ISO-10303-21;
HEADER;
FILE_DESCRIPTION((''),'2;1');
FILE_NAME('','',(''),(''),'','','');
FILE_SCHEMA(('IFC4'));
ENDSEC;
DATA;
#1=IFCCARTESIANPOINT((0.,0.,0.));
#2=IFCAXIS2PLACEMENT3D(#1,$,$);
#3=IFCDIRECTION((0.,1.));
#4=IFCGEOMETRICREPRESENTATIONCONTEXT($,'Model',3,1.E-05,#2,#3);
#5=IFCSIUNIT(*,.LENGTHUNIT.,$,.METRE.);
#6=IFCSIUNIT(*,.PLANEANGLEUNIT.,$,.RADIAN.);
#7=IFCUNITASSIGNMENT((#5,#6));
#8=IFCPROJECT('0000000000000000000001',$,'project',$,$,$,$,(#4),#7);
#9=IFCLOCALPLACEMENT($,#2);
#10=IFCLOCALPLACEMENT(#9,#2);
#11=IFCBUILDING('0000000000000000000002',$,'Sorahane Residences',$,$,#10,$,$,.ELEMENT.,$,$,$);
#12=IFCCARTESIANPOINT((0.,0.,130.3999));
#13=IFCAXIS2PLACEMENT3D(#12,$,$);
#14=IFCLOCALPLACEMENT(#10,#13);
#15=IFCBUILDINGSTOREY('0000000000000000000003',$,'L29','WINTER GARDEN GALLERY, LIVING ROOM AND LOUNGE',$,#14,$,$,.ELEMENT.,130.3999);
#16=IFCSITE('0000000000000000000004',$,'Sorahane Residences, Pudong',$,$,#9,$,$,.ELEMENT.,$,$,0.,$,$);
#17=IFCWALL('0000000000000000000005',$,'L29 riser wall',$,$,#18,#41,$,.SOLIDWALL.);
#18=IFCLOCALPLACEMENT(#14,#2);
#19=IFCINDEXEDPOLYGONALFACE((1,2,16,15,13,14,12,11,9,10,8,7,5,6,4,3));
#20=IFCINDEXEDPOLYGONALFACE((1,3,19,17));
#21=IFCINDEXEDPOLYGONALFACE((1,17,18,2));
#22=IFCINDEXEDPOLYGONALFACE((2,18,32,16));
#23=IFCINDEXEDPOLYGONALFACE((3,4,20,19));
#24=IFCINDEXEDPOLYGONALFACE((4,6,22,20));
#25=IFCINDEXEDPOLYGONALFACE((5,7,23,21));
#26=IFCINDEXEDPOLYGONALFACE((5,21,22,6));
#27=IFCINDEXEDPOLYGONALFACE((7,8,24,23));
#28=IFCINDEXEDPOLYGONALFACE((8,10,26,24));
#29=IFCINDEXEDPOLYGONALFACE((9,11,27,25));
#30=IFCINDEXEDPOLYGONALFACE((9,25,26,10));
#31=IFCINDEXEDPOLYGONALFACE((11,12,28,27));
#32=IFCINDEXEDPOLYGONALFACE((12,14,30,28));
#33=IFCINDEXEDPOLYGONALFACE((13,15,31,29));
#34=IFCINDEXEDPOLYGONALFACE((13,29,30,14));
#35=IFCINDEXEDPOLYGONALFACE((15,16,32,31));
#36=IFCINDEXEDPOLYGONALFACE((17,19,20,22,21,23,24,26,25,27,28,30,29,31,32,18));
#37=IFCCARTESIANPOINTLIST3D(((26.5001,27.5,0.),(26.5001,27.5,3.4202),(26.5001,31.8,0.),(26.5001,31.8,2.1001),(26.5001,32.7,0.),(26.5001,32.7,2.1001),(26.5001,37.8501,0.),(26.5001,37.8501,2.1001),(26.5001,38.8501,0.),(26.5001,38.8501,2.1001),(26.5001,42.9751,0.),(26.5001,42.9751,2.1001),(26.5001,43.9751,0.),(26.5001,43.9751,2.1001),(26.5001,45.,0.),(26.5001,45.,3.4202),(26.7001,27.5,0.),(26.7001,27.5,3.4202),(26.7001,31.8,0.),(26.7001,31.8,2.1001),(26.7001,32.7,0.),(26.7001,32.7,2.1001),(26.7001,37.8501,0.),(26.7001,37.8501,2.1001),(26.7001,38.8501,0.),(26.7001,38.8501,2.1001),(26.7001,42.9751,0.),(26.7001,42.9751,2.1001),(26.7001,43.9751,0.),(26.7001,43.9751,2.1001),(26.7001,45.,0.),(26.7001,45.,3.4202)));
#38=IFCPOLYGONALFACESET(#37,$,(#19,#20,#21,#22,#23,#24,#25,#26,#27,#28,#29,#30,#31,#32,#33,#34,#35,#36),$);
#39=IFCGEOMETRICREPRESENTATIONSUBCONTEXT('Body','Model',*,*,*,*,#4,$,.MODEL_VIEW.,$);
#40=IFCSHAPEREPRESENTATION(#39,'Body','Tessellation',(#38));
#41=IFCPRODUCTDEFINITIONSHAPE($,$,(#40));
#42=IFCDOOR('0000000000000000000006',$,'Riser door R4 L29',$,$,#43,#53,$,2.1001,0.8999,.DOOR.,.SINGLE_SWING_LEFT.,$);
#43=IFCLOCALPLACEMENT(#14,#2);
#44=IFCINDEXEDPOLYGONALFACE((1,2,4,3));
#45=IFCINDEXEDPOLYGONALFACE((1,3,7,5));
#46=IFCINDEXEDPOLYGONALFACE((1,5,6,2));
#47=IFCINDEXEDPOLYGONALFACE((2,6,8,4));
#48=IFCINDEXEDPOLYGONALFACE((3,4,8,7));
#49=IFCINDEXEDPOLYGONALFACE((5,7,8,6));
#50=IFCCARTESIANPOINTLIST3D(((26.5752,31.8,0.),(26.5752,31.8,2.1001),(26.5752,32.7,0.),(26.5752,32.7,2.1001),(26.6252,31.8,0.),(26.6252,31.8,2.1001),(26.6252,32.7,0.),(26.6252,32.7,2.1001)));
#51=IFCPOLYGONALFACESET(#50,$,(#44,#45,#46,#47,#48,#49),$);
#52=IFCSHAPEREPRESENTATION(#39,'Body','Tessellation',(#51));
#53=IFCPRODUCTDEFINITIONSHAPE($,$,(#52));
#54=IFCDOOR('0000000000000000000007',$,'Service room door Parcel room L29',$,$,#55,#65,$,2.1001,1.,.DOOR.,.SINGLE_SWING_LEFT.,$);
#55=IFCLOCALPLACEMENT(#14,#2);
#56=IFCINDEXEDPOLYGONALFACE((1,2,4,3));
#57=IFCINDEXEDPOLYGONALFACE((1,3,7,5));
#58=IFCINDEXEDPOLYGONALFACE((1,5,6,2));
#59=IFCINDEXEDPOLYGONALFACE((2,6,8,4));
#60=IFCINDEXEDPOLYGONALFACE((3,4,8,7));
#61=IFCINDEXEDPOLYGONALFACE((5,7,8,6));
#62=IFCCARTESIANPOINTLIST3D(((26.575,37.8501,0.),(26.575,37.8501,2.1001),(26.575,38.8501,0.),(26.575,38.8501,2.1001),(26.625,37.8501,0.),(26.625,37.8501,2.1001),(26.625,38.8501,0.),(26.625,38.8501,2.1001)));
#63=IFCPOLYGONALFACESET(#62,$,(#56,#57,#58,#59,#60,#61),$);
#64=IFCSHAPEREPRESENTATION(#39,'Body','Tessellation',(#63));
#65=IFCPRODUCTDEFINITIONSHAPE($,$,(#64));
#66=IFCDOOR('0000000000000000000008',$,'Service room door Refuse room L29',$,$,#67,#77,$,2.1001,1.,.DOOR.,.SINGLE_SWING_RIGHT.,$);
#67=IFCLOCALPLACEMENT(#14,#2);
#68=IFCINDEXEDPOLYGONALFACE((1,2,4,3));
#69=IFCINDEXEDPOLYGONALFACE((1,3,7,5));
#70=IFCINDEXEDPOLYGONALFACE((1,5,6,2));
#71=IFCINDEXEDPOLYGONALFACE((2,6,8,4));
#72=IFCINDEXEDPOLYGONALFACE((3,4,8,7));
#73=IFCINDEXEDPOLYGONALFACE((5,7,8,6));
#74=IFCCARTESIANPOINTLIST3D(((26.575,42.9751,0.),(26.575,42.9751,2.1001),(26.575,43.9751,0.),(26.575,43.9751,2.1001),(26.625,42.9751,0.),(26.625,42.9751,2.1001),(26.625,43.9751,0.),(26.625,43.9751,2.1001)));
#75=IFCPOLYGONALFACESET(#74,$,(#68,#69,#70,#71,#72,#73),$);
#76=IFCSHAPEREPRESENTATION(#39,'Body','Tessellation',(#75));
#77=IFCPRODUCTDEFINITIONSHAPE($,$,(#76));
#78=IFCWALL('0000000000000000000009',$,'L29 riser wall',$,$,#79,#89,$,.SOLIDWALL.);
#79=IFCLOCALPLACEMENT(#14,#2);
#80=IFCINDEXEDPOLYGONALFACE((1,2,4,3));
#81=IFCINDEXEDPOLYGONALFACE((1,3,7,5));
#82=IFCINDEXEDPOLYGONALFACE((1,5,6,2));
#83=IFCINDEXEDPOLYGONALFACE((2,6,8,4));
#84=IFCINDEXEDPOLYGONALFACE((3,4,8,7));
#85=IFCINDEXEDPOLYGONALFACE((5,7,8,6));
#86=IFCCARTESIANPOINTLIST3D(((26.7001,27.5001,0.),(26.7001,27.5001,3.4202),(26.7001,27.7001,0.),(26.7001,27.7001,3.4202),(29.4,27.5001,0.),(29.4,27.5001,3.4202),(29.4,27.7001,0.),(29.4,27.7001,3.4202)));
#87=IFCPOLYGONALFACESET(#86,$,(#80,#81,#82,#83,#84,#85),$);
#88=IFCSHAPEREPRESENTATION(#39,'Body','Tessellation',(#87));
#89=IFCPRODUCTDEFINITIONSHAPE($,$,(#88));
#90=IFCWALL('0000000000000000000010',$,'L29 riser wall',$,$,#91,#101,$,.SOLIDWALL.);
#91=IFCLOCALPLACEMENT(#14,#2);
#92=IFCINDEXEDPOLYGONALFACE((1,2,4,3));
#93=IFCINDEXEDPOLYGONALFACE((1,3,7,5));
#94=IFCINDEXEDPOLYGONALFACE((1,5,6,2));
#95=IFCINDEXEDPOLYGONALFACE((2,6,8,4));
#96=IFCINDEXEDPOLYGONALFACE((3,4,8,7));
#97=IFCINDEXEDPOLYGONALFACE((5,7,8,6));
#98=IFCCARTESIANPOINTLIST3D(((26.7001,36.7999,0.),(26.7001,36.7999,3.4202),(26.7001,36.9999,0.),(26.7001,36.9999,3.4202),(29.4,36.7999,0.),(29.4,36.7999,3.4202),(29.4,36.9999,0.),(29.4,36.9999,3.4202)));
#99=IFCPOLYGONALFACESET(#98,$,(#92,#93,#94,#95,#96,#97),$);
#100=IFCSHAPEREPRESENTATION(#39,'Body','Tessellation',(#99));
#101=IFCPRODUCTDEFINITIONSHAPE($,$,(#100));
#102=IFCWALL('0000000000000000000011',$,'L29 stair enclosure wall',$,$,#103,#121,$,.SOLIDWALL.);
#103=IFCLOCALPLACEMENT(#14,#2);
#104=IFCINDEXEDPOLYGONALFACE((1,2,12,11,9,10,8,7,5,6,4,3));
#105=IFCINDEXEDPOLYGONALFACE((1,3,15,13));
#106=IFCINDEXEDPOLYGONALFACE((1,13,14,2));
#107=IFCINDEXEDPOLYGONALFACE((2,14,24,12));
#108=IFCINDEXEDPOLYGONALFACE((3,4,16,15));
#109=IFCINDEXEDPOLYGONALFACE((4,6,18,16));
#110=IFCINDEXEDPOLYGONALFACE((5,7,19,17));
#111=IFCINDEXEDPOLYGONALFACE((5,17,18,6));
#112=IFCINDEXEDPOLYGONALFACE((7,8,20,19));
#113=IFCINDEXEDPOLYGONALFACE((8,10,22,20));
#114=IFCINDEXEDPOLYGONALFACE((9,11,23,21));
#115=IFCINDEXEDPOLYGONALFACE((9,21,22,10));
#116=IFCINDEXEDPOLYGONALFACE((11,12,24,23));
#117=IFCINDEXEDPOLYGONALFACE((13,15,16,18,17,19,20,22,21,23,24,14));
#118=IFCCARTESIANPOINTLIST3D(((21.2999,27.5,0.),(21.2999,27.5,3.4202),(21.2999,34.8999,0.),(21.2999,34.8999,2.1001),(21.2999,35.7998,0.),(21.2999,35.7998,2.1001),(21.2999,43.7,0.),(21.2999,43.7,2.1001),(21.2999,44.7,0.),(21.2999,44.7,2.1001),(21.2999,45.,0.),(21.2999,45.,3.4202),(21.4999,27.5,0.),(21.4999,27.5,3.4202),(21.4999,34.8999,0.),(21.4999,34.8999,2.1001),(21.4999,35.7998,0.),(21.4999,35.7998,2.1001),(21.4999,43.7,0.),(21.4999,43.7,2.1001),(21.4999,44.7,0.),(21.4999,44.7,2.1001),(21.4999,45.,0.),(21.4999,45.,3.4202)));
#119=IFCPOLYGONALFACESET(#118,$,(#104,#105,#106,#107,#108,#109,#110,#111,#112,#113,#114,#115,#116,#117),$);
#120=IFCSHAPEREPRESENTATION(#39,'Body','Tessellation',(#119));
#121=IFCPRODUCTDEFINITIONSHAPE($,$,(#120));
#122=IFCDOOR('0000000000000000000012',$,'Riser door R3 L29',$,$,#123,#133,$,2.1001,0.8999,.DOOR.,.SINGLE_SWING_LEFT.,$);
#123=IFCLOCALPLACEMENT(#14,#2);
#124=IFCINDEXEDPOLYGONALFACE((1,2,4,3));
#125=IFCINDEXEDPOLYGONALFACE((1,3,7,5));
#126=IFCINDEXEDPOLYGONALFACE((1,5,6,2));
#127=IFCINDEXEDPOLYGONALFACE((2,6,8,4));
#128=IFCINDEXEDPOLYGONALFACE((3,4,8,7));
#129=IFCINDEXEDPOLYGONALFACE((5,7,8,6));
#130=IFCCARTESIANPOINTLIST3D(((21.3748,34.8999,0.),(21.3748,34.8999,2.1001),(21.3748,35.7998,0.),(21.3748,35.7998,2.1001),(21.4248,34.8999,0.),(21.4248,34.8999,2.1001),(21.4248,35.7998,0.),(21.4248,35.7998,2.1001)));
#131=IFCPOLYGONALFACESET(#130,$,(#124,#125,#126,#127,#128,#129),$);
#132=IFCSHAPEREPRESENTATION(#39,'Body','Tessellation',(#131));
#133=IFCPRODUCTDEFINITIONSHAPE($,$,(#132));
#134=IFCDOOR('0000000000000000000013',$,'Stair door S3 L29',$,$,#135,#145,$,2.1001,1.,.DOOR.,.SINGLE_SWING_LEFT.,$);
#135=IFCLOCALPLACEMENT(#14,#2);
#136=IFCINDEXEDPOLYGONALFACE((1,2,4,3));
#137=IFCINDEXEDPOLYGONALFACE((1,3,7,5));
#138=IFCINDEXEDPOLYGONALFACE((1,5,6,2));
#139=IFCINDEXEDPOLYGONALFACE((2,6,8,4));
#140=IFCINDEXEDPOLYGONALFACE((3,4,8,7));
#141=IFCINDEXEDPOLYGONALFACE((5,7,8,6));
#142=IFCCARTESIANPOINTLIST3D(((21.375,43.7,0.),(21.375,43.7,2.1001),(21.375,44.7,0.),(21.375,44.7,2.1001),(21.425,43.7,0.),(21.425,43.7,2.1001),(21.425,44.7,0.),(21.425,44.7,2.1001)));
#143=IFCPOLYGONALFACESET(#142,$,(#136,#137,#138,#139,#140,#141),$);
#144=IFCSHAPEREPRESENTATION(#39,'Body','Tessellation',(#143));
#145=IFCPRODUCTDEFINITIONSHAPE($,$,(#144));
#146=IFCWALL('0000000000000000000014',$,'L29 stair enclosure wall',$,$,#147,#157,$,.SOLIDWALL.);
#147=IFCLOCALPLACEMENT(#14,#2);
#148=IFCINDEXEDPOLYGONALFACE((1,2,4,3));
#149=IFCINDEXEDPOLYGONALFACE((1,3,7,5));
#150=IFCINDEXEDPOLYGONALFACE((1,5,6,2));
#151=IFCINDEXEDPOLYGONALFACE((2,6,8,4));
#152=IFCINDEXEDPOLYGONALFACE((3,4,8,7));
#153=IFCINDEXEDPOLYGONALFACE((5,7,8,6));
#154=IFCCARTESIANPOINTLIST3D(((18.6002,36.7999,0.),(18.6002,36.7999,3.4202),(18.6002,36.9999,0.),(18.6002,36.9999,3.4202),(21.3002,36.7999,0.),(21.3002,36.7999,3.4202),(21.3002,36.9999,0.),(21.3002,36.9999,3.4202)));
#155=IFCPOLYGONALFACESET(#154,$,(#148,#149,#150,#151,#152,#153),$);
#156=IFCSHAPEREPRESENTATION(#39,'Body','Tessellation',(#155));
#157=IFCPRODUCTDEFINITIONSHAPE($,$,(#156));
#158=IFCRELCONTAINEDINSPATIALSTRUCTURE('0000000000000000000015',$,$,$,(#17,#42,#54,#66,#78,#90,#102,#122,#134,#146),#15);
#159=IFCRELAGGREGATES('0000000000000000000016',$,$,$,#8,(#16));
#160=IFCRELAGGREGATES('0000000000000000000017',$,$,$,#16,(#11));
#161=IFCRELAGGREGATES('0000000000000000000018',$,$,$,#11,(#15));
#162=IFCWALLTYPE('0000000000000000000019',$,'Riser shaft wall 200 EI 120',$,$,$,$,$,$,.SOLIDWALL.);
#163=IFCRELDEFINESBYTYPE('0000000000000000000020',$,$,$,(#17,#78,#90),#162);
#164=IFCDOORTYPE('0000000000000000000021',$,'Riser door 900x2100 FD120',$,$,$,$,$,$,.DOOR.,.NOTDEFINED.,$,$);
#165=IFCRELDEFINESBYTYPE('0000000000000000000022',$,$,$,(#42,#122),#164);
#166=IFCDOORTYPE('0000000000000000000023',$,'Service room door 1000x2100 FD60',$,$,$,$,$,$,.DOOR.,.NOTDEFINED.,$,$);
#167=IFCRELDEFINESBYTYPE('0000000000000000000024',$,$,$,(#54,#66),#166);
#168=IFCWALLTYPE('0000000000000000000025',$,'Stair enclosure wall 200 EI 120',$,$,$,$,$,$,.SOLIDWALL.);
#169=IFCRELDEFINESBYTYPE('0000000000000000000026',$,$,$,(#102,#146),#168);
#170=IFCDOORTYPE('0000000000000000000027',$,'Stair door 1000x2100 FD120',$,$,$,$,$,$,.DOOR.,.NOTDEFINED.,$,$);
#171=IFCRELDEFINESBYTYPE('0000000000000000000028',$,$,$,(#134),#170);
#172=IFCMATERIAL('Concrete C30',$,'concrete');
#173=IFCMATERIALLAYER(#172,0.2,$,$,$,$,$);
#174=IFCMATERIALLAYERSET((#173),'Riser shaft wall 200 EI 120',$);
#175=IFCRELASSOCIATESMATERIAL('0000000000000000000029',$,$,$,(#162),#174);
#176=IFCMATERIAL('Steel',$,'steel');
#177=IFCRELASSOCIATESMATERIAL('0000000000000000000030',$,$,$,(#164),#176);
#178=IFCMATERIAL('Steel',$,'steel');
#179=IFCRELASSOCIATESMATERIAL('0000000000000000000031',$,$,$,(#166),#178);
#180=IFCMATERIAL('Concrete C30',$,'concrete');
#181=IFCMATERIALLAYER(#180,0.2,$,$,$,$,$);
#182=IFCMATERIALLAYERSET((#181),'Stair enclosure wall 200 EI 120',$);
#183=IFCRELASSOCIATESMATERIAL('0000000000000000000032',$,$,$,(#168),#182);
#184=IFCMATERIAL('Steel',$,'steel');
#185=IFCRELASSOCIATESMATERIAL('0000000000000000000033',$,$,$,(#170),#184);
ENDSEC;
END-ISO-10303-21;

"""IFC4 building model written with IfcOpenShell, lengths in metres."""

from ifc_helpers import new_model, si_unit, direction, frame, frame_2d, origin, place, context, subcontext, project, spatial, rectangle, extrude, material, layer, layer_set, type_object, element, fill, save


model = new_model("IFC4")

# Units and contexts
model_context = context("Model", 3, precision=1e-05, world=origin(), true_north=direction((0.0, 1.0)))
body_context = subcontext(model_context, "Body", "Model", "MODEL_VIEW")
ifc_project = project(units=[si_unit("LENGTHUNIT", "METRE"), si_unit("PLANEANGLEUNIT", "RADIAN")], contexts=[model_context])

# Site, building, storey
site_placement = place(None, origin())
site = spatial("IfcSite", under=ifc_project, at=site_placement, Name="Sorahane Residences, Pudong", CompositionType="ELEMENT", RefElevation=0.0)
building_placement = place(site_placement, origin())
building = spatial("IfcBuilding", under=site, at=building_placement, Name="Sorahane Residences", CompositionType="ELEMENT")
storey_placement = place(building_placement, frame((0.0, 0.0, 130.3999)))
storey = spatial("IfcBuildingStorey", under=building, at=storey_placement, Name="L29", Description="WINTER GARDEN GALLERY, LIVING ROOM AND LOUNGE", CompositionType="ELEMENT", Elevation=130.3999)

# Wall, openings, doors
ifc_material_1 = material(Name="Concrete C30", Category="concrete")
ifc_layer_1 = layer(ifc_material_1, 0.2)
ifc_layer_set_1 = layer_set([ifc_layer_1], Name="Riser shaft wall 200 EI 120")
wall_type_1 = type_object("IfcWallType", Name="Riser shaft wall 200 EI 120", PredefinedType="SOLIDWALL", material=ifc_layer_set_1)
wall_1_placement = place(storey_placement, frame((26.6001, 27.5, 0.0), z_axis=(0.0, 0.0, 1.0), x_axis=(0.0, 1.0, 0.0)))
wall_1 = element("IfcWall", 1, at=wall_1_placement, inside=storey, type_object=wall_type_1, Name="L29 riser wall", PredefinedType="SOLIDWALL", context=body_context, shape_type="SweptSolid", body=[
    extrude(rectangle(XDim=17.5, YDim=0.2, at=frame_2d((8.75, 0.0))), origin(), (0.0, 0.0, 1.0), 3.4202),
])
opening_1_placement = place(wall_1_placement, frame((4.3, 0.0, 0.0)))
opening_1 = element("IfcOpeningElement", 2, at=opening_1_placement, cuts=wall_1, PredefinedType="OPENING", context=body_context, shape_type="SweptSolid", body=[
    extrude(rectangle(XDim=0.8999, YDim=2.1001, at=frame_2d((0.45, 1.05))), frame((0.0, 0.1099, 0.0), z_axis=(0.0, -1.0, 0.0), x_axis=(1.0, 0.0, 0.0)), (0.0, 0.0, 1.0), 0.22),
])
opening_2_placement = place(wall_1_placement, frame((10.3501, 0.0, 0.0)))
opening_2 = element("IfcOpeningElement", 3, at=opening_2_placement, cuts=wall_1, PredefinedType="OPENING", context=body_context, shape_type="SweptSolid", body=[
    extrude(rectangle(XDim=1.0, YDim=2.1001, at=frame_2d((0.5, 1.05))), frame((0.0, 0.1099, 0.0), z_axis=(0.0, -1.0, 0.0), x_axis=(1.0, 0.0, 0.0)), (0.0, 0.0, 1.0), 0.22),
])
opening_3_placement = place(wall_1_placement, frame((15.4751, 0.0, 0.0)))
opening_3 = element("IfcOpeningElement", 4, at=opening_3_placement, cuts=wall_1, PredefinedType="OPENING", context=body_context, shape_type="SweptSolid", body=[
    extrude(rectangle(XDim=1.0, YDim=2.1001, at=frame_2d((0.5, 1.05))), frame((0.0, 0.1099, 0.0), z_axis=(0.0, -1.0, 0.0), x_axis=(1.0, 0.0, 0.0)), (0.0, 0.0, 1.0), 0.22),
])
ifc_material_2 = material(Name="Steel", Category="steel")
door_type_1 = type_object("IfcDoorType", Name="Riser door 900x2100 FD120", OperationType="NOTDEFINED", PredefinedType="DOOR", material=ifc_material_2)
door_1_placement = place(opening_1_placement, origin())
door_1 = element("IfcDoor", 5, at=door_1_placement, inside=storey, type_object=door_type_1, Name="Riser door R4 L29", OperationType="SINGLE_SWING_LEFT", OverallHeight=2.1001, OverallWidth=0.8999, PredefinedType="DOOR", context=body_context, shape_type="SweptSolid", body=[
    extrude(rectangle(XDim=0.8999, YDim=2.1001, at=frame_2d((0.45, 1.05))), frame((0.0, 0.0249, 0.0), z_axis=(0.0, -1.0, 0.0), x_axis=(1.0, 0.0, 0.0)), (0.0, 0.0, 1.0), 0.05),
])
fill(opening_1, door_1)
ifc_material_3 = material(Name="Steel", Category="steel")
door_type_2 = type_object("IfcDoorType", Name="Service room door 1000x2100 FD60", OperationType="NOTDEFINED", PredefinedType="DOOR", material=ifc_material_3)
door_2_placement = place(opening_2_placement, frame((1.0, 0.0, 0.0), z_axis=(0.0, 0.0, 1.0), x_axis=(-1.0, 0.0, 0.0)))
door_2 = element("IfcDoor", 6, at=door_2_placement, inside=storey, type_object=door_type_2, Name="Service room door Parcel room L29", OperationType="SINGLE_SWING_LEFT", OverallHeight=2.1001, OverallWidth=1.0, PredefinedType="DOOR", context=body_context, shape_type="SweptSolid", body=[
    extrude(rectangle(XDim=1.0, YDim=2.1001, at=frame_2d((0.5, 1.05))), frame((0.0, 0.0249, 0.0), z_axis=(0.0, -1.0, 0.0), x_axis=(1.0, 0.0, 0.0)), (0.0, 0.0, 1.0), 0.05),
])
fill(opening_2, door_2)
door_3_placement = place(opening_3_placement, frame((1.0, 0.0, 0.0), z_axis=(0.0, 0.0, 1.0), x_axis=(-1.0, 0.0, 0.0)))
door_3 = element("IfcDoor", 7, at=door_3_placement, inside=storey, type_object=door_type_2, Name="Service room door Refuse room L29", OperationType="SINGLE_SWING_RIGHT", OverallHeight=2.1001, OverallWidth=1.0, PredefinedType="DOOR", context=body_context, shape_type="SweptSolid", body=[
    extrude(rectangle(XDim=1.0, YDim=2.1001, at=frame_2d((0.5, 1.05))), frame((0.0, 0.0249, 0.0), z_axis=(0.0, -1.0, 0.0), x_axis=(1.0, 0.0, 0.0)), (0.0, 0.0, 1.0), 0.05),
])
fill(opening_3, door_3)

# Walls
for number, where, z_axis, x_axis, name in (
    (8, (26.7, 27.6001, 0.0), (0.0, 0.0, 1.0), (1.0, 0.0, 0.0), "L29 riser wall"),
    (9, (26.7, 36.8999, 0.0), (0.0, 0.0, 1.0), (1.0, 0.0, 0.0), "L29 riser wall"),
):
    element("IfcWall", number, at=place(storey_placement, frame(where, z_axis=z_axis, x_axis=x_axis)), inside=storey, type_object=wall_type_1, Name=name, PredefinedType="SOLIDWALL", context=body_context, shape_type="SweptSolid", body=[
        extrude(rectangle(XDim=2.7, YDim=0.2, at=frame_2d((1.3501, 0.0))), origin(), (0.0, 0.0, 1.0), 3.4202),
    ])

# Wall, openings, doors
ifc_material_4 = material(Name="Concrete C30", Category="concrete")
ifc_layer_2 = layer(ifc_material_4, 0.2)
ifc_layer_set_2 = layer_set([ifc_layer_2], Name="Stair enclosure wall 200 EI 120")
wall_type_2 = type_object("IfcWallType", Name="Stair enclosure wall 200 EI 120", PredefinedType="SOLIDWALL", material=ifc_layer_set_2)
wall_2_placement = place(storey_placement, frame((21.3999, 27.5, 0.0), z_axis=(0.0, 0.0, 1.0), x_axis=(0.0, 1.0, 0.0)))
wall_2 = element("IfcWall", 10, at=wall_2_placement, inside=storey, type_object=wall_type_2, Name="L29 stair enclosure wall", PredefinedType="SOLIDWALL", context=body_context, shape_type="SweptSolid", body=[
    extrude(rectangle(XDim=17.5, YDim=0.2, at=frame_2d((8.75, 0.0))), origin(), (0.0, 0.0, 1.0), 3.4202),
])
opening_4_placement = place(wall_2_placement, frame((16.2, 0.0, 0.0)))
opening_4 = element("IfcOpeningElement", 11, at=opening_4_placement, cuts=wall_2, PredefinedType="OPENING", context=body_context, shape_type="SweptSolid", body=[
    extrude(rectangle(XDim=1.0, YDim=2.1001, at=frame_2d((0.5, 1.05))), frame((0.0, 0.1099, 0.0), z_axis=(0.0, -1.0, 0.0), x_axis=(1.0, 0.0, 0.0)), (0.0, 0.0, 1.0), 0.22),
])
opening_5_placement = place(wall_2_placement, frame((7.3999, 0.0, 0.0)))
opening_5 = element("IfcOpeningElement", 12, at=opening_5_placement, cuts=wall_2, PredefinedType="OPENING", context=body_context, shape_type="SweptSolid", body=[
    extrude(rectangle(XDim=0.8999, YDim=2.1001, at=frame_2d((0.45, 1.05))), frame((0.0, 0.1099, 0.0), z_axis=(0.0, -1.0, 0.0), x_axis=(1.0, 0.0, 0.0)), (0.0, 0.0, 1.0), 0.22),
])
door_4_placement = place(opening_5_placement, frame((0.8999, 0.0, 0.0), z_axis=(0.0, 0.0, 1.0), x_axis=(-1.0, 0.0, 0.0)))
door_4 = element("IfcDoor", 13, at=door_4_placement, inside=storey, type_object=door_type_1, Name="Riser door R3 L29", OperationType="SINGLE_SWING_LEFT", OverallHeight=2.1001, OverallWidth=0.8999, PredefinedType="DOOR", context=body_context, shape_type="SweptSolid", body=[
    extrude(rectangle(XDim=0.8999, YDim=2.1001, at=frame_2d((0.45, 1.05))), frame((0.0, 0.0249, 0.0), z_axis=(0.0, -1.0, 0.0), x_axis=(1.0, 0.0, 0.0)), (0.0, 0.0, 1.0), 0.05),
])
fill(opening_5, door_4)
ifc_material_5 = material(Name="Steel", Category="steel")
door_type_3 = type_object("IfcDoorType", Name="Stair door 1000x2100 FD120", OperationType="NOTDEFINED", PredefinedType="DOOR", material=ifc_material_5)
door_5_placement = place(opening_4_placement, origin())
door_5 = element("IfcDoor", 14, at=door_5_placement, inside=storey, type_object=door_type_3, Name="Stair door S3 L29", OperationType="SINGLE_SWING_LEFT", OverallHeight=2.1001, OverallWidth=1.0, PredefinedType="DOOR", context=body_context, shape_type="SweptSolid", body=[
    extrude(rectangle(XDim=1.0, YDim=2.1001, at=frame_2d((0.5, 1.05))), frame((0.0, 0.0249, 0.0), z_axis=(0.0, -1.0, 0.0), x_axis=(1.0, 0.0, 0.0)), (0.0, 0.0, 1.0), 0.05),
])
fill(opening_4, door_5)

# Wall
wall_3_placement = place(storey_placement, frame((18.6001, 36.8999, 0.0), z_axis=(0.0, 0.0, 1.0), x_axis=(1.0, 0.0, 0.0)))
element("IfcWall", 15, at=wall_3_placement, inside=storey, type_object=wall_type_2, Name="L29 stair enclosure wall", PredefinedType="SOLIDWALL", context=body_context, shape_type="SweptSolid", body=[
    extrude(rectangle(XDim=2.7, YDim=0.2, at=frame_2d((1.3501, 0.0))), origin(), (0.0, 0.0, 1.0), 3.4202),
])

save(model, "model.ifc")
